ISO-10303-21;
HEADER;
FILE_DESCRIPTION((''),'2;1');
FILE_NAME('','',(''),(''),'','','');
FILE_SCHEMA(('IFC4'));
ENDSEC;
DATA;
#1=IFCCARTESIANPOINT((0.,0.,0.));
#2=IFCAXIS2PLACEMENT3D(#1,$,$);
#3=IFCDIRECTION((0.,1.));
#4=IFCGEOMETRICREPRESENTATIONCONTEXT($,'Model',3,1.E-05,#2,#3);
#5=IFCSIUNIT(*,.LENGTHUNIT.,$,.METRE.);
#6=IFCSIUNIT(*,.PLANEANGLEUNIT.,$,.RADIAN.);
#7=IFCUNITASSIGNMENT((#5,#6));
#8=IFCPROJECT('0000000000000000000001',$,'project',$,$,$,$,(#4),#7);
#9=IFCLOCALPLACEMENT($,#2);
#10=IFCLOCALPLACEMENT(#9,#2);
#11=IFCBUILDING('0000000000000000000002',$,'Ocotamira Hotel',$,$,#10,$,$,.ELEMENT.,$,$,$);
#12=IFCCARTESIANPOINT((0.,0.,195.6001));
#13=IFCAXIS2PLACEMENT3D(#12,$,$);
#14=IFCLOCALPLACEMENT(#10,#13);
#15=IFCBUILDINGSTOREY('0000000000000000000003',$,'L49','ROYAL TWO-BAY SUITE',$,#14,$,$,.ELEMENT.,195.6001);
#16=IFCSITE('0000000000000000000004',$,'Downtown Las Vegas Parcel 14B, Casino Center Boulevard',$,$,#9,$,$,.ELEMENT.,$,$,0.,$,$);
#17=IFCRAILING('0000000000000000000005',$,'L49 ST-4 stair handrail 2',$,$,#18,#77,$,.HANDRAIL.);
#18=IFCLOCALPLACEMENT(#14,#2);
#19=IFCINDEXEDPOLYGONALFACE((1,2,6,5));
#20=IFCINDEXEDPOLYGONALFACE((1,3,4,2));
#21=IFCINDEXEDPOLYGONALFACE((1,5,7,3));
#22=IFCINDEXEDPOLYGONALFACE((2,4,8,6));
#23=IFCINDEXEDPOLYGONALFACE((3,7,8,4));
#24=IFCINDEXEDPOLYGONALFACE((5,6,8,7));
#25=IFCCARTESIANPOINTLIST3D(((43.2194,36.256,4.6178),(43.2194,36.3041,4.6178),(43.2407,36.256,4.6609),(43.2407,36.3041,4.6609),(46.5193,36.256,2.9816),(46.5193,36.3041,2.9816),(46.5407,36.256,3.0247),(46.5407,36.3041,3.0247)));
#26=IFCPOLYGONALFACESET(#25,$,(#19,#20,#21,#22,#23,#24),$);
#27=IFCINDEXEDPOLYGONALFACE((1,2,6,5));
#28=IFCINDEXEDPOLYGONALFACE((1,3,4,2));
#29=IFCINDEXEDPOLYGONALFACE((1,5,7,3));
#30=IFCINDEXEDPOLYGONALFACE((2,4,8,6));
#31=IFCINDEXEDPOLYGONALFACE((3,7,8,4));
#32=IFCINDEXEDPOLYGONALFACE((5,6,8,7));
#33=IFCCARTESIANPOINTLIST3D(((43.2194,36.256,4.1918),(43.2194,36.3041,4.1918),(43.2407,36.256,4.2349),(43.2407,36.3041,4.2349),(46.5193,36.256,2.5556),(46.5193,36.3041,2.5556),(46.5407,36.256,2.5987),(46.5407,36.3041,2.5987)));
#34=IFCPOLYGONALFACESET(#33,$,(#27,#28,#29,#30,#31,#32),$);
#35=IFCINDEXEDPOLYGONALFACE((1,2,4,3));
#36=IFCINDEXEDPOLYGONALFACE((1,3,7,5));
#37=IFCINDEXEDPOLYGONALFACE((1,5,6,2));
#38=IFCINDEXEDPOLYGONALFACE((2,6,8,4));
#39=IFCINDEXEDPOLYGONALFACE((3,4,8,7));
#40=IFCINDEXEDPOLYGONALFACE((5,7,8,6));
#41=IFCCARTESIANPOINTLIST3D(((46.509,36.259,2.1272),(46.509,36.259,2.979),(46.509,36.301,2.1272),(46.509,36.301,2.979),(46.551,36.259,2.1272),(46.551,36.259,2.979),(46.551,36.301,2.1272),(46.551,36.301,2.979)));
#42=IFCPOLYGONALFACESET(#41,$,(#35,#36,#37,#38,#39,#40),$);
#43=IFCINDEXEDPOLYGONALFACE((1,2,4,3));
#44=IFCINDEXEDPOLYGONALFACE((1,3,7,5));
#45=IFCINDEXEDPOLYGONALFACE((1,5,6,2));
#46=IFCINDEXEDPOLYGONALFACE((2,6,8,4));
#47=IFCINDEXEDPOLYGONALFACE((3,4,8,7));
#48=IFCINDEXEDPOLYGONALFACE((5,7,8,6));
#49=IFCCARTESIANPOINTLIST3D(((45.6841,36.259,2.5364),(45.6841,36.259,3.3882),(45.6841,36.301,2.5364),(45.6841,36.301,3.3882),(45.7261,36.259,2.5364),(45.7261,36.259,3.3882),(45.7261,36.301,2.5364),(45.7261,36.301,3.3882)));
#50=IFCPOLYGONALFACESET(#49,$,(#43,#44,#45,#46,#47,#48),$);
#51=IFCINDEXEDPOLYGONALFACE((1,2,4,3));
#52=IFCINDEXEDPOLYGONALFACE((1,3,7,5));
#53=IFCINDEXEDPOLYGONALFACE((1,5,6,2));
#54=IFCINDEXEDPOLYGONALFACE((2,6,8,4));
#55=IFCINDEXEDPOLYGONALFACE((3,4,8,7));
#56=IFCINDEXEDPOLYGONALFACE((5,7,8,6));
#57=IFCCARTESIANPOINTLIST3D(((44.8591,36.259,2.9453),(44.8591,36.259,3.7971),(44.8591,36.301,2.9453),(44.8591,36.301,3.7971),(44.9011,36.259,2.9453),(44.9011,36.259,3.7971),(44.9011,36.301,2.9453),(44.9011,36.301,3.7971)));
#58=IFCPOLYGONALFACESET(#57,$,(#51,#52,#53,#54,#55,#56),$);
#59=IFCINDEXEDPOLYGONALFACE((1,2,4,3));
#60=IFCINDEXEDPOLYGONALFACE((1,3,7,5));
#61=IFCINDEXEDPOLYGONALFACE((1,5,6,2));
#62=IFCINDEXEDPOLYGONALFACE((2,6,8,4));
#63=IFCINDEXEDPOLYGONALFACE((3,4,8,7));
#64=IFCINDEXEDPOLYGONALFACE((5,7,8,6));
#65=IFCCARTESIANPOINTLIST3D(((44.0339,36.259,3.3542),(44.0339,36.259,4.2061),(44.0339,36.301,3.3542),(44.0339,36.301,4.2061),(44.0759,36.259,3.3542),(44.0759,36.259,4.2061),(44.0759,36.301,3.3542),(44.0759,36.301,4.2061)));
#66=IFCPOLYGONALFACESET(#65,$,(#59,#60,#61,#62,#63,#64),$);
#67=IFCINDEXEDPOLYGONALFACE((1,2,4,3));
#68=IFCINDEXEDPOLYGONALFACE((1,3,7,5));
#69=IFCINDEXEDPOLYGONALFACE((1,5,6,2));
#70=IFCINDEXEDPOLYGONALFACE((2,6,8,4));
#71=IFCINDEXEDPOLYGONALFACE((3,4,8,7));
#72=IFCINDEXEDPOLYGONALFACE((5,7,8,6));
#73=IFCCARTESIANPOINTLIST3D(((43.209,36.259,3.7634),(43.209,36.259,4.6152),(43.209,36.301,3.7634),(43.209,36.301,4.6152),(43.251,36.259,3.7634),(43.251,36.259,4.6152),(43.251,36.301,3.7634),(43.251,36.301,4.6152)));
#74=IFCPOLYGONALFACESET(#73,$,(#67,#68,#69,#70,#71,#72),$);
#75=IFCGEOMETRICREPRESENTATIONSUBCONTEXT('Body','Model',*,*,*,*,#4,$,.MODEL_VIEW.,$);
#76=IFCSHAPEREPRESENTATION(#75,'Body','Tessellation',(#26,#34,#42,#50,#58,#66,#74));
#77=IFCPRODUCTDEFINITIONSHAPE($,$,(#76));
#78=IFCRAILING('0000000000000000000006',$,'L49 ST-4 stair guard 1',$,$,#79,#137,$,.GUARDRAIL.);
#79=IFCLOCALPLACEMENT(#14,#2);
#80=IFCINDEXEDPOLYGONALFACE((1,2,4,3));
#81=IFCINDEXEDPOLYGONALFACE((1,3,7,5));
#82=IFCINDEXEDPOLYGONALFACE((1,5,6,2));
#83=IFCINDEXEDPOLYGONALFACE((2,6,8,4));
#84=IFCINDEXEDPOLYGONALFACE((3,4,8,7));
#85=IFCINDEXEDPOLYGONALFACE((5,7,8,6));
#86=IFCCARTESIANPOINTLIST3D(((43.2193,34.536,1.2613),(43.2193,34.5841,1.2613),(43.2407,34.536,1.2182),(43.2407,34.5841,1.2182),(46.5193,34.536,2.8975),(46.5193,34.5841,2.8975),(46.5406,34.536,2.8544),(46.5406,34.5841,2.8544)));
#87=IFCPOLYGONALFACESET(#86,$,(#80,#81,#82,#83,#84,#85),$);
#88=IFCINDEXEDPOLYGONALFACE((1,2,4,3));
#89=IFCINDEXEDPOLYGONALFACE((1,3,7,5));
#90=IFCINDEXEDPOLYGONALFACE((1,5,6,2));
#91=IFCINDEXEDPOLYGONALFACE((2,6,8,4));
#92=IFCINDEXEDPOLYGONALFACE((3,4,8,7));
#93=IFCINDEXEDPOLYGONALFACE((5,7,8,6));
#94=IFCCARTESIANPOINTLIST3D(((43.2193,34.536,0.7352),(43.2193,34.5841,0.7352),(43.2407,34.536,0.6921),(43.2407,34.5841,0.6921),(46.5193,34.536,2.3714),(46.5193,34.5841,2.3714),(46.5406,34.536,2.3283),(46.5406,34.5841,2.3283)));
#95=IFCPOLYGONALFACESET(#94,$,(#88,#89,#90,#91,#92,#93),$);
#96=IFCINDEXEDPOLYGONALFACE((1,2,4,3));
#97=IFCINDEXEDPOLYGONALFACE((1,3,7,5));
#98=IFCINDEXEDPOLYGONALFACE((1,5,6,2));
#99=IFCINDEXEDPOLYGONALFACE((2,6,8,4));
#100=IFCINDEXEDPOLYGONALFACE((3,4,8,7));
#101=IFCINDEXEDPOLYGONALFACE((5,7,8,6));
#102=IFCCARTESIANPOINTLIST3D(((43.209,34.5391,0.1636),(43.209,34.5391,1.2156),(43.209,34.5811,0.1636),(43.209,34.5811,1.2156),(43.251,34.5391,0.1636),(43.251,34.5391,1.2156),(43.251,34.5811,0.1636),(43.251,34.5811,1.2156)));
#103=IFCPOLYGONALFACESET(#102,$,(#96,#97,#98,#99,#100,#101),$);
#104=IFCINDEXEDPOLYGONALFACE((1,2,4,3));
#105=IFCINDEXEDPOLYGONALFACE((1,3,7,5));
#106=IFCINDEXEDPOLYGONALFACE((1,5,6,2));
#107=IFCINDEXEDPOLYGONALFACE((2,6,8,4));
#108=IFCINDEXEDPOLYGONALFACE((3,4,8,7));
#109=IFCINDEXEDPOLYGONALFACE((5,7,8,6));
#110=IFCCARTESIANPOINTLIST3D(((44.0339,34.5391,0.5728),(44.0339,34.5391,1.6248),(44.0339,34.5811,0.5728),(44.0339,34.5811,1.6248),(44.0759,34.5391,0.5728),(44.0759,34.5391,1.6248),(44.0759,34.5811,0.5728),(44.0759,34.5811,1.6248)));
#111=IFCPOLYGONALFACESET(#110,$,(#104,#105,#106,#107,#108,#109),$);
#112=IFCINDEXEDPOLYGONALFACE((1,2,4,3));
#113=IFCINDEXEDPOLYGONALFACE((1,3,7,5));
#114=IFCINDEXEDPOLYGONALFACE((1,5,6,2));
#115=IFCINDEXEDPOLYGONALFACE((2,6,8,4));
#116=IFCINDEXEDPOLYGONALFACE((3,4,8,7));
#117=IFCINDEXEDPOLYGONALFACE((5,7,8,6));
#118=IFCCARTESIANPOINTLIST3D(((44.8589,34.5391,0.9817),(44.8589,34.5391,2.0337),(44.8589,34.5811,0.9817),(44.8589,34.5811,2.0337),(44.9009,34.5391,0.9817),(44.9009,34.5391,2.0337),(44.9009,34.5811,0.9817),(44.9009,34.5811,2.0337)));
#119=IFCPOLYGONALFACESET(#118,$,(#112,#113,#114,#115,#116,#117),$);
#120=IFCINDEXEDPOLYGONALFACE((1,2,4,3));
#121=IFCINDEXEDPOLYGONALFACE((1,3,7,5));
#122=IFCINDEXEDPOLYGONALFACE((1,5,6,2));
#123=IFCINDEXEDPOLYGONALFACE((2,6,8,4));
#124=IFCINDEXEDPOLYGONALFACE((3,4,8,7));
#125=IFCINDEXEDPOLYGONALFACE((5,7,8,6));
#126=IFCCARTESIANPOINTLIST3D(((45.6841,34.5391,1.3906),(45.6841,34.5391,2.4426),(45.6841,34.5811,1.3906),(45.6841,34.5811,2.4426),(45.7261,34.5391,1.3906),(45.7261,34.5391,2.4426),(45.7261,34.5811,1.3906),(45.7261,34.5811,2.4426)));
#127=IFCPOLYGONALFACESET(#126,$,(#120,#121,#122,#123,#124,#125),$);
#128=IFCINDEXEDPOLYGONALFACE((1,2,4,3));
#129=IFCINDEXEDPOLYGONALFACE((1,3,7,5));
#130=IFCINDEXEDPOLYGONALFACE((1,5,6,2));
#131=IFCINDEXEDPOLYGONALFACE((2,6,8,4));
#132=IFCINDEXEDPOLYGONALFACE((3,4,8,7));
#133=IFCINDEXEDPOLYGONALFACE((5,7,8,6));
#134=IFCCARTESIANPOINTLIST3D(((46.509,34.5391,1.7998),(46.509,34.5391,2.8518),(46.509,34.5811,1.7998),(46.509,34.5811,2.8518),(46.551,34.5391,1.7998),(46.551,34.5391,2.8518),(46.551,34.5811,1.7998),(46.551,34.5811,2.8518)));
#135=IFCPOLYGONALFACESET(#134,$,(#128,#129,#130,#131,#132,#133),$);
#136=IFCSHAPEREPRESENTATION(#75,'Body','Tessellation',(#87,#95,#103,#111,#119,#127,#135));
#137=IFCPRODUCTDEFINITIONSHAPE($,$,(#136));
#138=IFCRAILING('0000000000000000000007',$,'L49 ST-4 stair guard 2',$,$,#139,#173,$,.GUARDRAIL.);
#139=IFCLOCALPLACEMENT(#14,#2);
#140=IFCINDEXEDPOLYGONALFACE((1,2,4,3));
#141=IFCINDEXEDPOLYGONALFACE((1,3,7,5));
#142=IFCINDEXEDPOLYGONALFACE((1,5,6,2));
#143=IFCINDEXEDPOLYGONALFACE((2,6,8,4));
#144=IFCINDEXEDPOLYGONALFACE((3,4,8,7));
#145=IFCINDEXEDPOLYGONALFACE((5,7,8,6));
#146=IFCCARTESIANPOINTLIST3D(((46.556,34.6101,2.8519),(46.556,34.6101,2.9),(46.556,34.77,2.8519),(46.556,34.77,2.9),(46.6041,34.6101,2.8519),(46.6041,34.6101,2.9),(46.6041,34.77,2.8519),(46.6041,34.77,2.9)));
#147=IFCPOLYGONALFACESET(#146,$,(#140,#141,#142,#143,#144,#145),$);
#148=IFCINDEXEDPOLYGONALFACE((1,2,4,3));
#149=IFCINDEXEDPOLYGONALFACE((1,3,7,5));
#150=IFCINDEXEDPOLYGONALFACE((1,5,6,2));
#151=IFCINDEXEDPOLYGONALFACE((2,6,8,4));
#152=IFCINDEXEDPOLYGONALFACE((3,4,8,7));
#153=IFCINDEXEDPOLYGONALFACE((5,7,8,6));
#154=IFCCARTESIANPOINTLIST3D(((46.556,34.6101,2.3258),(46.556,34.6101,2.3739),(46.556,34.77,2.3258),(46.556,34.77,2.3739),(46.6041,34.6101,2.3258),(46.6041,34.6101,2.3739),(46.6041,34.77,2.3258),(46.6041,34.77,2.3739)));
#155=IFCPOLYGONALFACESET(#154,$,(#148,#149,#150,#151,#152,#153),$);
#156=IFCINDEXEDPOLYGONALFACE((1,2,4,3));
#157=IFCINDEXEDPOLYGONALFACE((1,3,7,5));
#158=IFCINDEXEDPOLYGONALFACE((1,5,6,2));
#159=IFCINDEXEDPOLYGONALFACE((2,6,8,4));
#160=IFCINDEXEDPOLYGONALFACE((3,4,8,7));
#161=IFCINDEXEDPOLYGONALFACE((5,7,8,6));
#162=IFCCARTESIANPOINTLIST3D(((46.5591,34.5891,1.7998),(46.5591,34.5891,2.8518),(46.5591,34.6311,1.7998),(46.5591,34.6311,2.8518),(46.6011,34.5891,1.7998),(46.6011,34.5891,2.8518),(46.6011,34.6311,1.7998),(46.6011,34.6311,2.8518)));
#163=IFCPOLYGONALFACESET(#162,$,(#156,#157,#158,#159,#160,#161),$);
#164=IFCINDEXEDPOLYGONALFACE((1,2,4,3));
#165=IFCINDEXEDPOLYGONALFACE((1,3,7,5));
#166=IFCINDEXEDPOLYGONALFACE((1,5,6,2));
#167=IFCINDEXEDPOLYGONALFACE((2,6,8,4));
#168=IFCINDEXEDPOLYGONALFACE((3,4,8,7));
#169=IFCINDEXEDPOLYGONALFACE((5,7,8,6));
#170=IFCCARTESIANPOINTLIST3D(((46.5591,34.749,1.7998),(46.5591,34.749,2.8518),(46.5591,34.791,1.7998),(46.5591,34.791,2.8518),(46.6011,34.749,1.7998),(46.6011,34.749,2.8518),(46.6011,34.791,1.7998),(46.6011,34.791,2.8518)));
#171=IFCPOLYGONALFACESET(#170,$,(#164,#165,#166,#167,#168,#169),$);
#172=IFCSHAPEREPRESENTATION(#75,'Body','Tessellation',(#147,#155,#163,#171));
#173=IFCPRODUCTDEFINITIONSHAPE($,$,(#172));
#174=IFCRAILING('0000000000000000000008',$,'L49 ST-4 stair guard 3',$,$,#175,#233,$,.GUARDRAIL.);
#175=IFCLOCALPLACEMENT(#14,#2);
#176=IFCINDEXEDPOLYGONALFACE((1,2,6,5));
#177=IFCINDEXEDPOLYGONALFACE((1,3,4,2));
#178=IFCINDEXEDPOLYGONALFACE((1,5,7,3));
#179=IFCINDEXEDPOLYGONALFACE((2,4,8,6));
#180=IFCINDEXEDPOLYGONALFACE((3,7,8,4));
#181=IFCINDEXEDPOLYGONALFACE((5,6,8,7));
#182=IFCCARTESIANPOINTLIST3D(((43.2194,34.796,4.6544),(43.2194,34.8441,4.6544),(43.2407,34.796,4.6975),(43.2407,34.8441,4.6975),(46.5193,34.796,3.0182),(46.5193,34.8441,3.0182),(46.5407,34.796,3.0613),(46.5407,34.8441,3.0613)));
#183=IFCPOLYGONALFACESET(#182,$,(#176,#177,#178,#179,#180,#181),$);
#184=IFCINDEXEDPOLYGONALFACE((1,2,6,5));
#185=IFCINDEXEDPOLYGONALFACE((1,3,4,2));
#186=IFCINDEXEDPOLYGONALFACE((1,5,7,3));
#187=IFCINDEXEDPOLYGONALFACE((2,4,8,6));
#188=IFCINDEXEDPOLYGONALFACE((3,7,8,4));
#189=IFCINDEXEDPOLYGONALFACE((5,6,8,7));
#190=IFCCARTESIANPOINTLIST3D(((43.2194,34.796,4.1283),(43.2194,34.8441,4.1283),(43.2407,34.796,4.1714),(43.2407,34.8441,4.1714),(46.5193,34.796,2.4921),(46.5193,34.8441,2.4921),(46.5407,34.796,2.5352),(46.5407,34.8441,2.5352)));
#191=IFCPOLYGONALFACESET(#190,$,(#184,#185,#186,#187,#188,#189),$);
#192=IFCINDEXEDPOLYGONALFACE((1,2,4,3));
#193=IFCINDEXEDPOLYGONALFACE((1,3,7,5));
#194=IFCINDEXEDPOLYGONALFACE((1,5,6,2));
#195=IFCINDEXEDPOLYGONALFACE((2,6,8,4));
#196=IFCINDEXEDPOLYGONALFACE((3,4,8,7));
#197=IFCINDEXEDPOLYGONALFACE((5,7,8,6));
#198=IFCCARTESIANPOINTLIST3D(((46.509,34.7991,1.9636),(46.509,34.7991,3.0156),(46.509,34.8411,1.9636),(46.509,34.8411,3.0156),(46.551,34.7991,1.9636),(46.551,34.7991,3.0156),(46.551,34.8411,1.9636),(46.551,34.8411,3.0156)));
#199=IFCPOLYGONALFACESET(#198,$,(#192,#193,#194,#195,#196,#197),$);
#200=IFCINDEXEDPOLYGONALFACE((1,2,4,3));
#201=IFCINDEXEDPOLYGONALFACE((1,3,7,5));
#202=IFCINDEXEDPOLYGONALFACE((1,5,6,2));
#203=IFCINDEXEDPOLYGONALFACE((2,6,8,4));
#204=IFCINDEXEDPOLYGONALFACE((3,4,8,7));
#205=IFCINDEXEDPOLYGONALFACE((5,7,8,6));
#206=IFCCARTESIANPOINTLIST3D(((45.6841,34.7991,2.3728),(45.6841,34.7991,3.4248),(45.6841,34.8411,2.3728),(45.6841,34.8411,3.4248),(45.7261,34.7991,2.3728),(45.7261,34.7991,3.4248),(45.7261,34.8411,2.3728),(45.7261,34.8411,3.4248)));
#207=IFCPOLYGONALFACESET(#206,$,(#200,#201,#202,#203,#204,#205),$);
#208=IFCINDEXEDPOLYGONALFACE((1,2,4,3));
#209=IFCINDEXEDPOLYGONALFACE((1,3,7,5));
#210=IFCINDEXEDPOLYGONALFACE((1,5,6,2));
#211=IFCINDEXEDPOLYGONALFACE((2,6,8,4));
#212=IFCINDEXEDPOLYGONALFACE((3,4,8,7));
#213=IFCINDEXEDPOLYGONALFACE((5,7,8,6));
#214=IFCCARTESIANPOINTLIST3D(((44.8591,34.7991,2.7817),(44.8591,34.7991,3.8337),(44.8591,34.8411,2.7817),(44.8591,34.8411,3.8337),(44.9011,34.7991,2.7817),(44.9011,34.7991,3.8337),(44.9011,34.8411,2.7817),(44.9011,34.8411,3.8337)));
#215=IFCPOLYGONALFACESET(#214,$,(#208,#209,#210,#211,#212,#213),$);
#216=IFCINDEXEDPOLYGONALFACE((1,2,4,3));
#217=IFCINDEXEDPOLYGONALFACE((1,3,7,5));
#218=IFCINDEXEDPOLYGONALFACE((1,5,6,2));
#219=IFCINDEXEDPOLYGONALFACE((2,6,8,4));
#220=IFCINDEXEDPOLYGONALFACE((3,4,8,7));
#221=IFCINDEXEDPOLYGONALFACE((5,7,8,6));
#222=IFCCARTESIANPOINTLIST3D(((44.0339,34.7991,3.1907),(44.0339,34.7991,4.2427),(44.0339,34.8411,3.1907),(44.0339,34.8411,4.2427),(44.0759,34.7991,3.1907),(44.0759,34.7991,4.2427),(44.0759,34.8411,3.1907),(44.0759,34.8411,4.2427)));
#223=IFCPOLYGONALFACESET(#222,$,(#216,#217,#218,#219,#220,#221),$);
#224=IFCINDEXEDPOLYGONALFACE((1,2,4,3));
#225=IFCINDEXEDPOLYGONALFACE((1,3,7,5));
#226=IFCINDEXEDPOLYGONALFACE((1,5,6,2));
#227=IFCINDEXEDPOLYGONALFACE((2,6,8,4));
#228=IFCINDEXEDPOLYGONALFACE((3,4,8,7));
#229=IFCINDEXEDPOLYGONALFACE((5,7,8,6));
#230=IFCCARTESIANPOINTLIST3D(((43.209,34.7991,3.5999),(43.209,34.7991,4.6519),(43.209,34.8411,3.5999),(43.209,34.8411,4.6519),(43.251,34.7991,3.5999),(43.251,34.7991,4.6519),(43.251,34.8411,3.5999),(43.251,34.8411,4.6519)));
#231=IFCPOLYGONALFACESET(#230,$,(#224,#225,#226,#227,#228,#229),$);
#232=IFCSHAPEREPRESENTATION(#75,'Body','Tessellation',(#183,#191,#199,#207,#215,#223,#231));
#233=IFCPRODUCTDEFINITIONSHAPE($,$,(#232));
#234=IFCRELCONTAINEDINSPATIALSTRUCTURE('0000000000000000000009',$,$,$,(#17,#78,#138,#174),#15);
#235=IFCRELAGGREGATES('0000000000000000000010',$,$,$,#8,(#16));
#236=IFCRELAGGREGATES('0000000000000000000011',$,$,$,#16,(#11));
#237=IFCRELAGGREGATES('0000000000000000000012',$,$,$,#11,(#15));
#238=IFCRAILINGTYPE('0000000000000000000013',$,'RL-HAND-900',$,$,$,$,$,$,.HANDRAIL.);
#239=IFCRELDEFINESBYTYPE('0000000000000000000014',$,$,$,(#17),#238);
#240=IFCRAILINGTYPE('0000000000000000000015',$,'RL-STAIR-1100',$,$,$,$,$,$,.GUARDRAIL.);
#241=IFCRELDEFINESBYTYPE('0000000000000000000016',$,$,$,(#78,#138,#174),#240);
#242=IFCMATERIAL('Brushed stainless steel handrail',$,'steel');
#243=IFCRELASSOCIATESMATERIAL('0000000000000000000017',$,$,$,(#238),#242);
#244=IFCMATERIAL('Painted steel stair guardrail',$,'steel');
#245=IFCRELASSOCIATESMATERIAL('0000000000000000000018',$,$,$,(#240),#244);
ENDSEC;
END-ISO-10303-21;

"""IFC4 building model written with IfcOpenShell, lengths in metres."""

from ifc_helpers import new_model, si_unit, direction, frame, origin, origin_2d, place, context, subcontext, project, spatial, rectangle, extrude, material, type_object, element, save


model = new_model("IFC4")

# Units and contexts
model_context = context("Model", 3, precision=1e-05, world=origin(), true_north=direction((0.0, 1.0)))
body_context = subcontext(model_context, "Body", "Model", "MODEL_VIEW")
ifc_project = project(units=[si_unit("LENGTHUNIT", "METRE"), si_unit("PLANEANGLEUNIT", "RADIAN")], contexts=[model_context])

# Site, building, storey
site_placement = place(None, origin())
site = spatial("IfcSite", under=ifc_project, at=site_placement, Name="Downtown Las Vegas Parcel 14B, Casino Center Boulevard", CompositionType="ELEMENT", RefElevation=0.0)
building_placement = place(site_placement, origin())
building = spatial("IfcBuilding", under=site, at=building_placement, Name="Ocotamira Hotel", CompositionType="ELEMENT")
storey_placement = place(building_placement, frame((0.0, 0.0, 195.6001)))
storey = spatial("IfcBuildingStorey", under=building, at=storey_placement, Name="L49", Description="ROYAL TWO-BAY SUITE", CompositionType="ELEMENT", Elevation=195.6001)

# Railings
ifc_material_1 = material(Name="Brushed stainless steel handrail", Category="steel")
railing_type_1 = type_object("IfcRailingType", Name="RL-HAND-900", PredefinedType="HANDRAIL", material=ifc_material_1)
railing_1_placement = place(storey_placement, frame((46.53, 36.28, 2.1272)))
element("IfcRailing", 1, at=railing_1_placement, inside=storey, type_object=railing_type_1, Name="L49 ST-4 stair handrail 2", PredefinedType="HANDRAIL", context=body_context, shape_type="SweptSolid", body=[
    extrude(rectangle(XDim=0.0481, YDim=0.0481, at=origin_2d()), frame((0.0, 0.0, 0.876), z_axis=(-0.89592, 0.0, 0.444215), x_axis=(0.0, -1.0, 0.0)), (0.0, 0.0, 1.0), 3.6833),
    extrude(rectangle(XDim=0.0481, YDim=0.0481, at=origin_2d()), frame((0.0, 0.0, 0.45), z_axis=(-0.89592, 0.0, 0.444215), x_axis=(0.0, -1.0, 0.0)), (0.0, 0.0, 1.0), 3.6833),
    extrude(rectangle(XDim=0.042, YDim=0.042, at=origin_2d()), origin(), (0.0, 0.0, 1.0), 0.8518),
    extrude(rectangle(XDim=0.042, YDim=0.042, at=origin_2d()), frame((-0.825, 0.0, 0.4092)), (0.0, 0.0, 1.0), 0.8518),
    extrude(rectangle(XDim=0.042, YDim=0.042, at=origin_2d()), frame((-1.6499, 0.0, 0.8181)), (0.0, 0.0, 1.0), 0.8518),
    extrude(rectangle(XDim=0.042, YDim=0.042, at=origin_2d()), frame((-2.4751, 0.0, 1.2271)), (0.0, 0.0, 1.0), 0.8518),
    extrude(rectangle(XDim=0.042, YDim=0.042, at=origin_2d()), frame((-3.3, 0.0, 1.6362)), (0.0, 0.0, 1.0), 0.8518),
])
ifc_material_2 = material(Name="Painted steel stair guardrail", Category="steel")
railing_type_2 = type_object("IfcRailingType", Name="RL-STAIR-1100", PredefinedType="GUARDRAIL", material=ifc_material_2)
railing_2_placement = place(storey_placement, frame((43.23, 34.5601, 0.1636)))
element("IfcRailing", 2, at=railing_2_placement, inside=storey, type_object=railing_type_2, Name="L49 ST-4 stair guard 1", PredefinedType="GUARDRAIL", context=body_context, shape_type="SweptSolid", body=[
    extrude(rectangle(XDim=0.0481, YDim=0.0481, at=origin_2d()), frame((0.0, 0.0, 1.0762), z_axis=(0.89592, 0.0, 0.444215), x_axis=(0.0, 1.0, 0.0)), (0.0, 0.0, 1.0), 3.6833),
    extrude(rectangle(XDim=0.0481, YDim=0.0481, at=origin_2d()), frame((0.0, 0.0, 0.55), z_axis=(0.89592, 0.0, 0.444215), x_axis=(0.0, 1.0, 0.0)), (0.0, 0.0, 1.0), 3.6833),
    extrude(rectangle(XDim=0.042, YDim=0.042, at=origin_2d()), origin(), (0.0, 0.0, 1.0), 1.052),
    extrude(rectangle(XDim=0.042, YDim=0.042, at=origin_2d()), frame((0.825, 0.0, 0.4092)), (0.0, 0.0, 1.0), 1.052),
    extrude(rectangle(XDim=0.042, YDim=0.042, at=origin_2d()), frame((1.6499, 0.0, 0.8181)), (0.0, 0.0, 1.0), 1.052),
    extrude(rectangle(XDim=0.042, YDim=0.042, at=origin_2d()), frame((2.4751, 0.0, 1.2271)), (0.0, 0.0, 1.0), 1.052),
    extrude(rectangle(XDim=0.042, YDim=0.042, at=origin_2d()), frame((3.3, 0.0, 1.6362)), (0.0, 0.0, 1.0), 1.052),
])
railing_3_placement = place(storey_placement, frame((46.5801, 34.6101, 1.7998)))
element("IfcRailing", 3, at=railing_3_placement, inside=storey, type_object=railing_type_2, Name="L49 ST-4 stair guard 2", PredefinedType="GUARDRAIL", context=body_context, shape_type="SweptSolid", body=[
    extrude(rectangle(XDim=0.0481, YDim=0.0481, at=origin_2d()), frame((0.0, 0.0, 1.0762), z_axis=(0.0, 1.0, 0.0), x_axis=(-1.0, 0.0, 0.0)), (0.0, 0.0, 1.0), 0.1599),
    extrude(rectangle(XDim=0.0481, YDim=0.0481, at=origin_2d()), frame((0.0, 0.0, 0.55), z_axis=(0.0, 1.0, 0.0), x_axis=(-1.0, 0.0, 0.0)), (0.0, 0.0, 1.0), 0.1599),
    extrude(rectangle(XDim=0.042, YDim=0.042, at=origin_2d()), origin(), (0.0, 0.0, 1.0), 1.052),
    extrude(rectangle(XDim=0.042, YDim=0.042, at=origin_2d()), frame((0.0, 0.1599, 0.0)), (0.0, 0.0, 1.0), 1.052),
])
railing_4_placement = place(storey_placement, frame((46.53, 34.8201, 1.9636)))
element("IfcRailing", 4, at=railing_4_placement, inside=storey, type_object=railing_type_2, Name="L49 ST-4 stair guard 3", PredefinedType="GUARDRAIL", context=body_context, shape_type="SweptSolid", body=[
    extrude(rectangle(XDim=0.0481, YDim=0.0481, at=origin_2d()), frame((0.0, 0.0, 1.0762), z_axis=(-0.89592, 0.0, 0.444215), x_axis=(0.0, -1.0, 0.0)), (0.0, 0.0, 1.0), 3.6833),
    extrude(rectangle(XDim=0.0481, YDim=0.0481, at=origin_2d()), frame((0.0, 0.0, 0.55), z_axis=(-0.89592, 0.0, 0.444215), x_axis=(0.0, -1.0, 0.0)), (0.0, 0.0, 1.0), 3.6833),
    extrude(rectangle(XDim=0.042, YDim=0.042, at=origin_2d()), origin(), (0.0, 0.0, 1.0), 1.052),
    extrude(rectangle(XDim=0.042, YDim=0.042, at=origin_2d()), frame((-0.825, 0.0, 0.4092)), (0.0, 0.0, 1.0), 1.052),
    extrude(rectangle(XDim=0.042, YDim=0.042, at=origin_2d()), frame((-1.6499, 0.0, 0.8181)), (0.0, 0.0, 1.0), 1.052),
    extrude(rectangle(XDim=0.042, YDim=0.042, at=origin_2d()), frame((-2.4751, 0.0, 1.2271)), (0.0, 0.0, 1.0), 1.052),
    extrude(rectangle(XDim=0.042, YDim=0.042, at=origin_2d()), frame((-3.3, 0.0, 1.6362)), (0.0, 0.0, 1.0), 1.052),
])

save(model, "model.ifc")
